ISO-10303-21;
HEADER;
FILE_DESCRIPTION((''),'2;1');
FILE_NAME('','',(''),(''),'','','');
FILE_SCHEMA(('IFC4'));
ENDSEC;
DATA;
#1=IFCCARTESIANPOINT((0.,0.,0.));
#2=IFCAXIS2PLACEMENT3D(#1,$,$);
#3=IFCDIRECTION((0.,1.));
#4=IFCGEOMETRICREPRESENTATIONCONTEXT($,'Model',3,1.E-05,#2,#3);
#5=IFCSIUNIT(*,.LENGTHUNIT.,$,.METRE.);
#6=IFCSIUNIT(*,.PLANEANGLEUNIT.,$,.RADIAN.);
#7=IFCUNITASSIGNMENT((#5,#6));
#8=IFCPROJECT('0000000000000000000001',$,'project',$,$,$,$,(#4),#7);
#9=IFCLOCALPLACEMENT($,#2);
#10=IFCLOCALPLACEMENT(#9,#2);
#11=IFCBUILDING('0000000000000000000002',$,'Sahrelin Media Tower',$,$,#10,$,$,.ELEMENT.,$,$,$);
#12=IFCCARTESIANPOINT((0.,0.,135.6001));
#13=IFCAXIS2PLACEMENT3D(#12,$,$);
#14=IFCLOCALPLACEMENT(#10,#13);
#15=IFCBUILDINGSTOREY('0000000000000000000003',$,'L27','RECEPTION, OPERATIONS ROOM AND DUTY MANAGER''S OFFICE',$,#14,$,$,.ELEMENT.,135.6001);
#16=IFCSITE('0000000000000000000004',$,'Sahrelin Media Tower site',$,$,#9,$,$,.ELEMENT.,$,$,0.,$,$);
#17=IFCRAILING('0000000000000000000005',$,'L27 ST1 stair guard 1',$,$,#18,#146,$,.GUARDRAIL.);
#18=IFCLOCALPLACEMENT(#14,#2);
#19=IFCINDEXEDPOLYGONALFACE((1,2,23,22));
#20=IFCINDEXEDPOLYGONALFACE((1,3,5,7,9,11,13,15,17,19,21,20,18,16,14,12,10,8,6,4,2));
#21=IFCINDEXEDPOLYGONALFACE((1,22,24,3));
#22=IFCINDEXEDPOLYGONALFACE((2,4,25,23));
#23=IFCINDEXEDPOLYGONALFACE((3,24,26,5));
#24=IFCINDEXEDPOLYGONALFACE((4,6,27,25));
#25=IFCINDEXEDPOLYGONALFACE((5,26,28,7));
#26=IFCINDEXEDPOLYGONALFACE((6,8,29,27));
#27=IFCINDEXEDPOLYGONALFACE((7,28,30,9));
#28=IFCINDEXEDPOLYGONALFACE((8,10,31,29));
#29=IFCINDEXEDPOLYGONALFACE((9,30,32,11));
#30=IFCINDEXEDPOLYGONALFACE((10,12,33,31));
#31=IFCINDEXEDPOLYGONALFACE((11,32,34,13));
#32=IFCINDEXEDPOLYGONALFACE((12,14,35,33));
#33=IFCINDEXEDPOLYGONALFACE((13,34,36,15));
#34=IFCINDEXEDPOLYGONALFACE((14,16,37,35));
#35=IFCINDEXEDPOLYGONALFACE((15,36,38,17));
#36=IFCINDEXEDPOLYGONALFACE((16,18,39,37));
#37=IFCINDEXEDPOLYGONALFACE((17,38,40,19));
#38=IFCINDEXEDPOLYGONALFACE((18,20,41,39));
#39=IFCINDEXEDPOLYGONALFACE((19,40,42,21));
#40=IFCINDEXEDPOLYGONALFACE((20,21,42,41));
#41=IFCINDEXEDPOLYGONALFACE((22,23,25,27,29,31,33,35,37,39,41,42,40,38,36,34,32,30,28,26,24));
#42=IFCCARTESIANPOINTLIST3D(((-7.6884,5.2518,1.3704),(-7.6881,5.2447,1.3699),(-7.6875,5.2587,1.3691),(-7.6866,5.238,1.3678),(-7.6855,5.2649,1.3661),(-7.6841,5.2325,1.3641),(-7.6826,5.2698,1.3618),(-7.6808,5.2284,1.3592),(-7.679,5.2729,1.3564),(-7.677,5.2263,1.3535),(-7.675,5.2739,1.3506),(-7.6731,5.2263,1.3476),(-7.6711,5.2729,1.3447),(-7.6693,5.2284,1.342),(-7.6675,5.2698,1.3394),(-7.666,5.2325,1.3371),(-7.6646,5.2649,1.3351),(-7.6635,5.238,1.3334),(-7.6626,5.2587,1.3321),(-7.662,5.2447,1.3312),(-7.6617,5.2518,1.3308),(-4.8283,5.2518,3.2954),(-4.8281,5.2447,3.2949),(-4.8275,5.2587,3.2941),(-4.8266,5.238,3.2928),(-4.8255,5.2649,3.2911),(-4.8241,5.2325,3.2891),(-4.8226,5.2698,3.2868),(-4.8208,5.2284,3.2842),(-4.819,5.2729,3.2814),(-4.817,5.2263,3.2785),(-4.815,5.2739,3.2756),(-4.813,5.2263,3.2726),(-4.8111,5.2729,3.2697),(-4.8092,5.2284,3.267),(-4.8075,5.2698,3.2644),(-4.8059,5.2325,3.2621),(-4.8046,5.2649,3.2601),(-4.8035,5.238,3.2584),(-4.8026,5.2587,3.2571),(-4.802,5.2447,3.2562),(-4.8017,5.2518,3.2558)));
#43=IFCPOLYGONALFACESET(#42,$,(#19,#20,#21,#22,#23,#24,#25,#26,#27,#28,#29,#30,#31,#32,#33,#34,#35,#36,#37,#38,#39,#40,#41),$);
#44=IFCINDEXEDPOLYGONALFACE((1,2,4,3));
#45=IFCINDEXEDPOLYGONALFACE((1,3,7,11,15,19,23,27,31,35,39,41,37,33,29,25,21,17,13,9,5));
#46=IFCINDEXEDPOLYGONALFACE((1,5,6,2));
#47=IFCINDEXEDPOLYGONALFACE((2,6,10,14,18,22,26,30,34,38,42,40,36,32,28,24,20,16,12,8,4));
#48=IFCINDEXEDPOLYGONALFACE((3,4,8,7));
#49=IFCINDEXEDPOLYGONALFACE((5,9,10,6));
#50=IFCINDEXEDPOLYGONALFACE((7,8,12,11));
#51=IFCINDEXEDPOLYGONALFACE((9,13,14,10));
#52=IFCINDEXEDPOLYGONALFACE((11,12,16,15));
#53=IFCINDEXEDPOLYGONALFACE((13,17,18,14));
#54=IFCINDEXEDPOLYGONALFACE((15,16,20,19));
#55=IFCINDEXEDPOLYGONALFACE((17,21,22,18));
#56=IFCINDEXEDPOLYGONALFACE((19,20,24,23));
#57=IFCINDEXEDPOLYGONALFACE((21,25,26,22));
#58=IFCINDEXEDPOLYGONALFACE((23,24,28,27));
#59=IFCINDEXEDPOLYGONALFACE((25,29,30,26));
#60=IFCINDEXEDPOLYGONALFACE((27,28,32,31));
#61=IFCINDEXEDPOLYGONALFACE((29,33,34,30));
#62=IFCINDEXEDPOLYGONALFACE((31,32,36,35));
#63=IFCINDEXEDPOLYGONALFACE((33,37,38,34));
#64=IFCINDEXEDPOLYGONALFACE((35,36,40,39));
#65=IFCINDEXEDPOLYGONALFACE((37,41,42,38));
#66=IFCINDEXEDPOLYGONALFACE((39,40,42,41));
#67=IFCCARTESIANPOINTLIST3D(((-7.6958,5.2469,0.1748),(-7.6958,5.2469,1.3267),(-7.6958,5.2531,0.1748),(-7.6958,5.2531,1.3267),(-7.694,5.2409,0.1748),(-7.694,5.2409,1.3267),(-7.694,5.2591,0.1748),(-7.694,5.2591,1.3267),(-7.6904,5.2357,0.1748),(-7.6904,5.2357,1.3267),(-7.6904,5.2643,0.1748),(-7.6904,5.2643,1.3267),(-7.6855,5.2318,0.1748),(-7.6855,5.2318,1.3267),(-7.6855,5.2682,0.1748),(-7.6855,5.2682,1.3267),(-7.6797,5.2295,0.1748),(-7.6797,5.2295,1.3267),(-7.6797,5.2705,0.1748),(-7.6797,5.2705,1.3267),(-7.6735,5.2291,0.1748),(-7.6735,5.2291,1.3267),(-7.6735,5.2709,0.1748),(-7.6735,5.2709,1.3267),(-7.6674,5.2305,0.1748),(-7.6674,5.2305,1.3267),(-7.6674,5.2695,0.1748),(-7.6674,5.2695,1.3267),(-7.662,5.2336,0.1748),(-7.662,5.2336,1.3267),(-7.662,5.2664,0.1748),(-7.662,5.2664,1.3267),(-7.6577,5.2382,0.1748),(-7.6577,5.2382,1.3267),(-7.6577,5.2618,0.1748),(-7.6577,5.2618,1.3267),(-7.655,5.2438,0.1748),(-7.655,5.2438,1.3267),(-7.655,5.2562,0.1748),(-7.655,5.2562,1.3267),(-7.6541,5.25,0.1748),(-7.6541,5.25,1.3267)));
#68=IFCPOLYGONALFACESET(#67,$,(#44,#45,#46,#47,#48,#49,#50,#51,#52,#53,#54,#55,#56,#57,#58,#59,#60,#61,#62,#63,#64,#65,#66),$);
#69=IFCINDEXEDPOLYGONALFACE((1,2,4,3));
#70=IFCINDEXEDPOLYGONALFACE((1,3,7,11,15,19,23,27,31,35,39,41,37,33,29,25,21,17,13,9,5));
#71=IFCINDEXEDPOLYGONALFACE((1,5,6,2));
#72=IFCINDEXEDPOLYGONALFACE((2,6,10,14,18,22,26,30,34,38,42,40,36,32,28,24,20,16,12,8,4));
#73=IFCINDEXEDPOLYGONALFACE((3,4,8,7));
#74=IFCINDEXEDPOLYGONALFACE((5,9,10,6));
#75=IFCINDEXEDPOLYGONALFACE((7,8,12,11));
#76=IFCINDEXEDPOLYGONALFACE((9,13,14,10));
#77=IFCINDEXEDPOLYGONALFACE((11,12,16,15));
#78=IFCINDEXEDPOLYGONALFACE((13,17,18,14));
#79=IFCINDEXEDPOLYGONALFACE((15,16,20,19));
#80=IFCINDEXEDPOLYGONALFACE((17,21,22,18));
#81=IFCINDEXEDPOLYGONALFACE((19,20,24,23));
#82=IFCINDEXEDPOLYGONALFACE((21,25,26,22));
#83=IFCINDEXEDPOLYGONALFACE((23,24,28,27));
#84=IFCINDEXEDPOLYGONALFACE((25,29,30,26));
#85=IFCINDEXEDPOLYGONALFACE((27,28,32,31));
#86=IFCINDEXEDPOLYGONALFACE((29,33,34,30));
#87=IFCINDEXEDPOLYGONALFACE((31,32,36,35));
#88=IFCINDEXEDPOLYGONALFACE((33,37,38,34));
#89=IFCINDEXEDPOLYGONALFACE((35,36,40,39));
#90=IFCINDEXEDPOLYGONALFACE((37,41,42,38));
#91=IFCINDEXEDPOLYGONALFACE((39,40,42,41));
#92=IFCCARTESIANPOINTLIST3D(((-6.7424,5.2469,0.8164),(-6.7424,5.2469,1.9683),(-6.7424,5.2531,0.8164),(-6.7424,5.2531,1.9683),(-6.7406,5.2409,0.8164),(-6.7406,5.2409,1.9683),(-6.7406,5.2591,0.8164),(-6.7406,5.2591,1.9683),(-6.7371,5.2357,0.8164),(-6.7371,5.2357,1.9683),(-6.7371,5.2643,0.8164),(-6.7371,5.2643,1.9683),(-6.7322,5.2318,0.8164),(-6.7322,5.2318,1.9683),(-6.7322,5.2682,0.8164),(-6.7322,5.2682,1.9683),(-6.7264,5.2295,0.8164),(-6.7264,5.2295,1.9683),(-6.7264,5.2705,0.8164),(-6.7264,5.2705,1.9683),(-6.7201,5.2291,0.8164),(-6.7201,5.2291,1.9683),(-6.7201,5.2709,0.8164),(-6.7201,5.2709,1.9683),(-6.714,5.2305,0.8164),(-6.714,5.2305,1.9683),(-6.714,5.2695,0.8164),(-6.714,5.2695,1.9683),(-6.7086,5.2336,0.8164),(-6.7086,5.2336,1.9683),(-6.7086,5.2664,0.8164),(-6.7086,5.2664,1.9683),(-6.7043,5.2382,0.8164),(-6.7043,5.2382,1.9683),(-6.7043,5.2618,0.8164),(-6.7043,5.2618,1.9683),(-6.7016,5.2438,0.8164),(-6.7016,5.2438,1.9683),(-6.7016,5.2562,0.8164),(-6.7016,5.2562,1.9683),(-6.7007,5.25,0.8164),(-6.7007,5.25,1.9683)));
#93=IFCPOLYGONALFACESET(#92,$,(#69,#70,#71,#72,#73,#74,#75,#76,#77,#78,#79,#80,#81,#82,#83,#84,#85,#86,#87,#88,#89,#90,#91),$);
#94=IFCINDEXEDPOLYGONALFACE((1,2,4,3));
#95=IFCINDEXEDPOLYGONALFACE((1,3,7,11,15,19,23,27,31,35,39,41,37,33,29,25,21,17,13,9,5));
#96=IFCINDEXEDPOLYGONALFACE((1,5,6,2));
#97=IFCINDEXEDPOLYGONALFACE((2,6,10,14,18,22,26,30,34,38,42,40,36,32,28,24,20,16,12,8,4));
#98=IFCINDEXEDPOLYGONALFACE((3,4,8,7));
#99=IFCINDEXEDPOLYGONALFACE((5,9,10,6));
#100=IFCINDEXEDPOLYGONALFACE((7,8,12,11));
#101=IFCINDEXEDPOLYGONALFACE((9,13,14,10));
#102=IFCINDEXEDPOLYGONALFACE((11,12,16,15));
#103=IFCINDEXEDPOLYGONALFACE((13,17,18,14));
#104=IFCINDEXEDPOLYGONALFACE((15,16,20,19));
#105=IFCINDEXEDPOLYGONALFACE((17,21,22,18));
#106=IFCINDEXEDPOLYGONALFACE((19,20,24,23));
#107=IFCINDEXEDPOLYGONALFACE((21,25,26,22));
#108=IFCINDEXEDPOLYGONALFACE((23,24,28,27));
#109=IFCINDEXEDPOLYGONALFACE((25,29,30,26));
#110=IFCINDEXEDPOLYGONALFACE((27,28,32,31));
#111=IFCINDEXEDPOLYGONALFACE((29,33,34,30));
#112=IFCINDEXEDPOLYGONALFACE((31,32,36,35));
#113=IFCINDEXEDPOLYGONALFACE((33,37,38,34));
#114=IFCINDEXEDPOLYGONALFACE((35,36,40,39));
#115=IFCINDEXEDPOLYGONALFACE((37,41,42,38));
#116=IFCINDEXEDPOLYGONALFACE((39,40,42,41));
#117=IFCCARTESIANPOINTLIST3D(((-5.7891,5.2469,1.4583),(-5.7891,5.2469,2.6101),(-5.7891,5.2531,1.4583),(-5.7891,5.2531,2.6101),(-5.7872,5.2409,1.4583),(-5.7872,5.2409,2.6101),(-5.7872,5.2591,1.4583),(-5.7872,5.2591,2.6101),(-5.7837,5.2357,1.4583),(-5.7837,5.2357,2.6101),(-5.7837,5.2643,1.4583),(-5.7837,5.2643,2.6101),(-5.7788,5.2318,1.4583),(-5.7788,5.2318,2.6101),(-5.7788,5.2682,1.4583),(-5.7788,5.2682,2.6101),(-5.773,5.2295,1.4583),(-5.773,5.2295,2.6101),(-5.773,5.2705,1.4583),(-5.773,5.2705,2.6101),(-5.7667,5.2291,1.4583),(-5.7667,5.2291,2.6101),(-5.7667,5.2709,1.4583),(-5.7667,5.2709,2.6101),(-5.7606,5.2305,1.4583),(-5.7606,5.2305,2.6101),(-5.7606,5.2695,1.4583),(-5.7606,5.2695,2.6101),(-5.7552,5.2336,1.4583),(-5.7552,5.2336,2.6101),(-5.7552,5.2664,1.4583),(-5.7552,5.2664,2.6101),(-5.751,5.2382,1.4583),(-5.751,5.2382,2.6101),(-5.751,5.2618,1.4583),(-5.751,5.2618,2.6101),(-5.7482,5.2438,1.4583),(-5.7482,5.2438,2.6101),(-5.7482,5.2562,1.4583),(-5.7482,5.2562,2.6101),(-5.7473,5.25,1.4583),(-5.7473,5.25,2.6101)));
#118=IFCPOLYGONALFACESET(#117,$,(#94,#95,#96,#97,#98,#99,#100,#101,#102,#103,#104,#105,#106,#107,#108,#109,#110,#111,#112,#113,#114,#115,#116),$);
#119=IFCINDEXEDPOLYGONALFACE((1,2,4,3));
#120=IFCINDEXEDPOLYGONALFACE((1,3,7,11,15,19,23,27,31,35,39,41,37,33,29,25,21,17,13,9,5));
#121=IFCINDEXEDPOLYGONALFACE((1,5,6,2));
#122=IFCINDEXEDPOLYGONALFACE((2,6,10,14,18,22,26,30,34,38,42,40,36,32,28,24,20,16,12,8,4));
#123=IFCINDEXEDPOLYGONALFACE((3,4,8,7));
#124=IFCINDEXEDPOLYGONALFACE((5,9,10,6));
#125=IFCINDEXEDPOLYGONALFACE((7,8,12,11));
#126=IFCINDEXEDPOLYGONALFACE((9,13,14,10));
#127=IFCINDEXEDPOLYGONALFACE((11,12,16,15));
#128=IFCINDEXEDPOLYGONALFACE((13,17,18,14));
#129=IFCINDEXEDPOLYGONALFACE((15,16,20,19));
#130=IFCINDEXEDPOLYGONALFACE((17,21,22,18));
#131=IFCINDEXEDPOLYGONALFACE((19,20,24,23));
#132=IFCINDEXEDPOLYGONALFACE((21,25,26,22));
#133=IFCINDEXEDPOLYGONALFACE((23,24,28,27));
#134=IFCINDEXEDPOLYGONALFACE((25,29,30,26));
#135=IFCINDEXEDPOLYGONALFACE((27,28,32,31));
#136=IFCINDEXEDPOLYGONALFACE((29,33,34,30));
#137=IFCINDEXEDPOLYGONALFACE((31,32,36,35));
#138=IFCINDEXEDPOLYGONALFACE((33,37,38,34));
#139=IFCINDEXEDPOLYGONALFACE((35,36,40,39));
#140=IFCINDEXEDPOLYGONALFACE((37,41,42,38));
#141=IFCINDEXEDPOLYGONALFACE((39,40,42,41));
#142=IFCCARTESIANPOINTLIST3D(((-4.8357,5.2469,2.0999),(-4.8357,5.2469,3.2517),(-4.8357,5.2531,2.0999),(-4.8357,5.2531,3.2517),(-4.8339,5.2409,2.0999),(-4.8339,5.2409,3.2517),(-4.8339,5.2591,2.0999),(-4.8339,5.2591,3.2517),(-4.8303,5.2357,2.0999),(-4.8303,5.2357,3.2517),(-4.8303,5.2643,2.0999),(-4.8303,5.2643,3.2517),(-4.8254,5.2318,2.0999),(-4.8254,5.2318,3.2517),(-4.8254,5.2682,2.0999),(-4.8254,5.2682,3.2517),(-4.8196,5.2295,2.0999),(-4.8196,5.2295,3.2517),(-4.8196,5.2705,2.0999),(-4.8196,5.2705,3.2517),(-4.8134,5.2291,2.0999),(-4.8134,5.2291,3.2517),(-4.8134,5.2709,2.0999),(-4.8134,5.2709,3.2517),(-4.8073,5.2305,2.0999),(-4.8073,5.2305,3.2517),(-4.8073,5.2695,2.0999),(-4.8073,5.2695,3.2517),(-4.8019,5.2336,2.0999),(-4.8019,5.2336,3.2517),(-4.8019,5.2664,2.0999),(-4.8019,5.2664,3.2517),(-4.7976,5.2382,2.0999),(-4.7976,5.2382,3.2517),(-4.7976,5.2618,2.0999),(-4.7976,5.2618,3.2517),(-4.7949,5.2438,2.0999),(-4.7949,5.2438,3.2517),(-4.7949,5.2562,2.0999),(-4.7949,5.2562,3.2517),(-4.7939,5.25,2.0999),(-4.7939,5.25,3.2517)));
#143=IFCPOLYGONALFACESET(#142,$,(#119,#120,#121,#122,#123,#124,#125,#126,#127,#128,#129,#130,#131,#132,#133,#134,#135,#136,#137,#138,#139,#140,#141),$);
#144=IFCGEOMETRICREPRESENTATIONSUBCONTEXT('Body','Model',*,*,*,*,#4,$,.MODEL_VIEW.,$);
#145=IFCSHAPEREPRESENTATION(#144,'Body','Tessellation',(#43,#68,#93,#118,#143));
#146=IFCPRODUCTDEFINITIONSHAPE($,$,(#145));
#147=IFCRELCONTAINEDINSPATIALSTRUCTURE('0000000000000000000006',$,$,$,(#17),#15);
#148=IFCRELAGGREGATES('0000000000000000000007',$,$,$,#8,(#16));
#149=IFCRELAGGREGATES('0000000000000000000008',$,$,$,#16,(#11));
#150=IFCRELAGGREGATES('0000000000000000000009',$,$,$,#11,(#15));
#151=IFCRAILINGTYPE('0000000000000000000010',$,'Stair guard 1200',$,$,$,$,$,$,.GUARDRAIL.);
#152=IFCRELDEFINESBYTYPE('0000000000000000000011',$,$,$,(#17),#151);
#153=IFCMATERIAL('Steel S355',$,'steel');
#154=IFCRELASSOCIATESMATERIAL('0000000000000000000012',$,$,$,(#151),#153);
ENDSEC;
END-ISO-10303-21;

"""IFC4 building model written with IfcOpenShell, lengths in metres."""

from ifc_helpers import new_model, si_unit, direction, frame, origin, origin_2d, place, context, subcontext, project, spatial, circle, extrude, material, type_object, element, save


model = new_model("IFC4")

# Units and contexts
model_context = context("Model", 3, precision=1e-05, world=origin(), true_north=direction((0.0, 1.0)))
body_context = subcontext(model_context, "Body", "Model", "MODEL_VIEW")
ifc_project = project(units=[si_unit("LENGTHUNIT", "METRE"), si_unit("PLANEANGLEUNIT", "RADIAN")], contexts=[model_context])

# Site, building, storey
site_placement = place(None, origin())
site = spatial("IfcSite", under=ifc_project, at=site_placement, Name="Sahrelin Media Tower site", CompositionType="ELEMENT", RefElevation=0.0)
building_placement = place(site_placement, origin())
building = spatial("IfcBuilding", under=site, at=building_placement, Name="Sahrelin Media Tower", CompositionType="ELEMENT")
storey_placement = place(building_placement, frame((0.0, 0.0, 135.6001)))
storey = spatial("IfcBuildingStorey", under=building, at=storey_placement, Name="L27", Description="RECEPTION, OPERATIONS ROOM AND DUTY MANAGER'S OFFICE", CompositionType="ELEMENT", Elevation=135.6001)

# Shared definitions
ifc_material_1 = material(Name="Steel S355", Category="steel")

# Railing
railing_type_1 = type_object("IfcRailingType", Name="Stair guard 1200", PredefinedType="GUARDRAIL", material=ifc_material_1)
railing_1_placement = place(storey_placement, frame((-7.675, 5.25, 0.1748)))
element("IfcRailing", 1, at=railing_1_placement, inside=storey, type_object=railing_type_1, Name="L27 ST1 stair guard 1", PredefinedType="GUARDRAIL", context=body_context, shape_type="SweptSolid", body=[
    extrude(circle(Radius=0.0239, at=origin_2d()), frame((0.0, 0.0, 1.1758), z_axis=(0.829591, 0.0, 0.558372), x_axis=(0.0, 1.0, 0.0)), (0.0, 0.0, 1.0), 3.4475),
    extrude(circle(Radius=0.021, at=origin_2d()), origin(), (0.0, 0.0, 1.0), 1.1519),
    extrude(circle(Radius=0.021, at=origin_2d()), frame((0.9534, 0.0, 0.6416)), (0.0, 0.0, 1.0), 1.1519),
    extrude(circle(Radius=0.021, at=origin_2d()), frame((1.9067, 0.0, 1.2834)), (0.0, 0.0, 1.0), 1.1519),
    extrude(circle(Radius=0.021, at=origin_2d()), frame((2.8601, 0.0, 1.925)), (0.0, 0.0, 1.0), 1.1519),
])

save(model, "model.ifc")
